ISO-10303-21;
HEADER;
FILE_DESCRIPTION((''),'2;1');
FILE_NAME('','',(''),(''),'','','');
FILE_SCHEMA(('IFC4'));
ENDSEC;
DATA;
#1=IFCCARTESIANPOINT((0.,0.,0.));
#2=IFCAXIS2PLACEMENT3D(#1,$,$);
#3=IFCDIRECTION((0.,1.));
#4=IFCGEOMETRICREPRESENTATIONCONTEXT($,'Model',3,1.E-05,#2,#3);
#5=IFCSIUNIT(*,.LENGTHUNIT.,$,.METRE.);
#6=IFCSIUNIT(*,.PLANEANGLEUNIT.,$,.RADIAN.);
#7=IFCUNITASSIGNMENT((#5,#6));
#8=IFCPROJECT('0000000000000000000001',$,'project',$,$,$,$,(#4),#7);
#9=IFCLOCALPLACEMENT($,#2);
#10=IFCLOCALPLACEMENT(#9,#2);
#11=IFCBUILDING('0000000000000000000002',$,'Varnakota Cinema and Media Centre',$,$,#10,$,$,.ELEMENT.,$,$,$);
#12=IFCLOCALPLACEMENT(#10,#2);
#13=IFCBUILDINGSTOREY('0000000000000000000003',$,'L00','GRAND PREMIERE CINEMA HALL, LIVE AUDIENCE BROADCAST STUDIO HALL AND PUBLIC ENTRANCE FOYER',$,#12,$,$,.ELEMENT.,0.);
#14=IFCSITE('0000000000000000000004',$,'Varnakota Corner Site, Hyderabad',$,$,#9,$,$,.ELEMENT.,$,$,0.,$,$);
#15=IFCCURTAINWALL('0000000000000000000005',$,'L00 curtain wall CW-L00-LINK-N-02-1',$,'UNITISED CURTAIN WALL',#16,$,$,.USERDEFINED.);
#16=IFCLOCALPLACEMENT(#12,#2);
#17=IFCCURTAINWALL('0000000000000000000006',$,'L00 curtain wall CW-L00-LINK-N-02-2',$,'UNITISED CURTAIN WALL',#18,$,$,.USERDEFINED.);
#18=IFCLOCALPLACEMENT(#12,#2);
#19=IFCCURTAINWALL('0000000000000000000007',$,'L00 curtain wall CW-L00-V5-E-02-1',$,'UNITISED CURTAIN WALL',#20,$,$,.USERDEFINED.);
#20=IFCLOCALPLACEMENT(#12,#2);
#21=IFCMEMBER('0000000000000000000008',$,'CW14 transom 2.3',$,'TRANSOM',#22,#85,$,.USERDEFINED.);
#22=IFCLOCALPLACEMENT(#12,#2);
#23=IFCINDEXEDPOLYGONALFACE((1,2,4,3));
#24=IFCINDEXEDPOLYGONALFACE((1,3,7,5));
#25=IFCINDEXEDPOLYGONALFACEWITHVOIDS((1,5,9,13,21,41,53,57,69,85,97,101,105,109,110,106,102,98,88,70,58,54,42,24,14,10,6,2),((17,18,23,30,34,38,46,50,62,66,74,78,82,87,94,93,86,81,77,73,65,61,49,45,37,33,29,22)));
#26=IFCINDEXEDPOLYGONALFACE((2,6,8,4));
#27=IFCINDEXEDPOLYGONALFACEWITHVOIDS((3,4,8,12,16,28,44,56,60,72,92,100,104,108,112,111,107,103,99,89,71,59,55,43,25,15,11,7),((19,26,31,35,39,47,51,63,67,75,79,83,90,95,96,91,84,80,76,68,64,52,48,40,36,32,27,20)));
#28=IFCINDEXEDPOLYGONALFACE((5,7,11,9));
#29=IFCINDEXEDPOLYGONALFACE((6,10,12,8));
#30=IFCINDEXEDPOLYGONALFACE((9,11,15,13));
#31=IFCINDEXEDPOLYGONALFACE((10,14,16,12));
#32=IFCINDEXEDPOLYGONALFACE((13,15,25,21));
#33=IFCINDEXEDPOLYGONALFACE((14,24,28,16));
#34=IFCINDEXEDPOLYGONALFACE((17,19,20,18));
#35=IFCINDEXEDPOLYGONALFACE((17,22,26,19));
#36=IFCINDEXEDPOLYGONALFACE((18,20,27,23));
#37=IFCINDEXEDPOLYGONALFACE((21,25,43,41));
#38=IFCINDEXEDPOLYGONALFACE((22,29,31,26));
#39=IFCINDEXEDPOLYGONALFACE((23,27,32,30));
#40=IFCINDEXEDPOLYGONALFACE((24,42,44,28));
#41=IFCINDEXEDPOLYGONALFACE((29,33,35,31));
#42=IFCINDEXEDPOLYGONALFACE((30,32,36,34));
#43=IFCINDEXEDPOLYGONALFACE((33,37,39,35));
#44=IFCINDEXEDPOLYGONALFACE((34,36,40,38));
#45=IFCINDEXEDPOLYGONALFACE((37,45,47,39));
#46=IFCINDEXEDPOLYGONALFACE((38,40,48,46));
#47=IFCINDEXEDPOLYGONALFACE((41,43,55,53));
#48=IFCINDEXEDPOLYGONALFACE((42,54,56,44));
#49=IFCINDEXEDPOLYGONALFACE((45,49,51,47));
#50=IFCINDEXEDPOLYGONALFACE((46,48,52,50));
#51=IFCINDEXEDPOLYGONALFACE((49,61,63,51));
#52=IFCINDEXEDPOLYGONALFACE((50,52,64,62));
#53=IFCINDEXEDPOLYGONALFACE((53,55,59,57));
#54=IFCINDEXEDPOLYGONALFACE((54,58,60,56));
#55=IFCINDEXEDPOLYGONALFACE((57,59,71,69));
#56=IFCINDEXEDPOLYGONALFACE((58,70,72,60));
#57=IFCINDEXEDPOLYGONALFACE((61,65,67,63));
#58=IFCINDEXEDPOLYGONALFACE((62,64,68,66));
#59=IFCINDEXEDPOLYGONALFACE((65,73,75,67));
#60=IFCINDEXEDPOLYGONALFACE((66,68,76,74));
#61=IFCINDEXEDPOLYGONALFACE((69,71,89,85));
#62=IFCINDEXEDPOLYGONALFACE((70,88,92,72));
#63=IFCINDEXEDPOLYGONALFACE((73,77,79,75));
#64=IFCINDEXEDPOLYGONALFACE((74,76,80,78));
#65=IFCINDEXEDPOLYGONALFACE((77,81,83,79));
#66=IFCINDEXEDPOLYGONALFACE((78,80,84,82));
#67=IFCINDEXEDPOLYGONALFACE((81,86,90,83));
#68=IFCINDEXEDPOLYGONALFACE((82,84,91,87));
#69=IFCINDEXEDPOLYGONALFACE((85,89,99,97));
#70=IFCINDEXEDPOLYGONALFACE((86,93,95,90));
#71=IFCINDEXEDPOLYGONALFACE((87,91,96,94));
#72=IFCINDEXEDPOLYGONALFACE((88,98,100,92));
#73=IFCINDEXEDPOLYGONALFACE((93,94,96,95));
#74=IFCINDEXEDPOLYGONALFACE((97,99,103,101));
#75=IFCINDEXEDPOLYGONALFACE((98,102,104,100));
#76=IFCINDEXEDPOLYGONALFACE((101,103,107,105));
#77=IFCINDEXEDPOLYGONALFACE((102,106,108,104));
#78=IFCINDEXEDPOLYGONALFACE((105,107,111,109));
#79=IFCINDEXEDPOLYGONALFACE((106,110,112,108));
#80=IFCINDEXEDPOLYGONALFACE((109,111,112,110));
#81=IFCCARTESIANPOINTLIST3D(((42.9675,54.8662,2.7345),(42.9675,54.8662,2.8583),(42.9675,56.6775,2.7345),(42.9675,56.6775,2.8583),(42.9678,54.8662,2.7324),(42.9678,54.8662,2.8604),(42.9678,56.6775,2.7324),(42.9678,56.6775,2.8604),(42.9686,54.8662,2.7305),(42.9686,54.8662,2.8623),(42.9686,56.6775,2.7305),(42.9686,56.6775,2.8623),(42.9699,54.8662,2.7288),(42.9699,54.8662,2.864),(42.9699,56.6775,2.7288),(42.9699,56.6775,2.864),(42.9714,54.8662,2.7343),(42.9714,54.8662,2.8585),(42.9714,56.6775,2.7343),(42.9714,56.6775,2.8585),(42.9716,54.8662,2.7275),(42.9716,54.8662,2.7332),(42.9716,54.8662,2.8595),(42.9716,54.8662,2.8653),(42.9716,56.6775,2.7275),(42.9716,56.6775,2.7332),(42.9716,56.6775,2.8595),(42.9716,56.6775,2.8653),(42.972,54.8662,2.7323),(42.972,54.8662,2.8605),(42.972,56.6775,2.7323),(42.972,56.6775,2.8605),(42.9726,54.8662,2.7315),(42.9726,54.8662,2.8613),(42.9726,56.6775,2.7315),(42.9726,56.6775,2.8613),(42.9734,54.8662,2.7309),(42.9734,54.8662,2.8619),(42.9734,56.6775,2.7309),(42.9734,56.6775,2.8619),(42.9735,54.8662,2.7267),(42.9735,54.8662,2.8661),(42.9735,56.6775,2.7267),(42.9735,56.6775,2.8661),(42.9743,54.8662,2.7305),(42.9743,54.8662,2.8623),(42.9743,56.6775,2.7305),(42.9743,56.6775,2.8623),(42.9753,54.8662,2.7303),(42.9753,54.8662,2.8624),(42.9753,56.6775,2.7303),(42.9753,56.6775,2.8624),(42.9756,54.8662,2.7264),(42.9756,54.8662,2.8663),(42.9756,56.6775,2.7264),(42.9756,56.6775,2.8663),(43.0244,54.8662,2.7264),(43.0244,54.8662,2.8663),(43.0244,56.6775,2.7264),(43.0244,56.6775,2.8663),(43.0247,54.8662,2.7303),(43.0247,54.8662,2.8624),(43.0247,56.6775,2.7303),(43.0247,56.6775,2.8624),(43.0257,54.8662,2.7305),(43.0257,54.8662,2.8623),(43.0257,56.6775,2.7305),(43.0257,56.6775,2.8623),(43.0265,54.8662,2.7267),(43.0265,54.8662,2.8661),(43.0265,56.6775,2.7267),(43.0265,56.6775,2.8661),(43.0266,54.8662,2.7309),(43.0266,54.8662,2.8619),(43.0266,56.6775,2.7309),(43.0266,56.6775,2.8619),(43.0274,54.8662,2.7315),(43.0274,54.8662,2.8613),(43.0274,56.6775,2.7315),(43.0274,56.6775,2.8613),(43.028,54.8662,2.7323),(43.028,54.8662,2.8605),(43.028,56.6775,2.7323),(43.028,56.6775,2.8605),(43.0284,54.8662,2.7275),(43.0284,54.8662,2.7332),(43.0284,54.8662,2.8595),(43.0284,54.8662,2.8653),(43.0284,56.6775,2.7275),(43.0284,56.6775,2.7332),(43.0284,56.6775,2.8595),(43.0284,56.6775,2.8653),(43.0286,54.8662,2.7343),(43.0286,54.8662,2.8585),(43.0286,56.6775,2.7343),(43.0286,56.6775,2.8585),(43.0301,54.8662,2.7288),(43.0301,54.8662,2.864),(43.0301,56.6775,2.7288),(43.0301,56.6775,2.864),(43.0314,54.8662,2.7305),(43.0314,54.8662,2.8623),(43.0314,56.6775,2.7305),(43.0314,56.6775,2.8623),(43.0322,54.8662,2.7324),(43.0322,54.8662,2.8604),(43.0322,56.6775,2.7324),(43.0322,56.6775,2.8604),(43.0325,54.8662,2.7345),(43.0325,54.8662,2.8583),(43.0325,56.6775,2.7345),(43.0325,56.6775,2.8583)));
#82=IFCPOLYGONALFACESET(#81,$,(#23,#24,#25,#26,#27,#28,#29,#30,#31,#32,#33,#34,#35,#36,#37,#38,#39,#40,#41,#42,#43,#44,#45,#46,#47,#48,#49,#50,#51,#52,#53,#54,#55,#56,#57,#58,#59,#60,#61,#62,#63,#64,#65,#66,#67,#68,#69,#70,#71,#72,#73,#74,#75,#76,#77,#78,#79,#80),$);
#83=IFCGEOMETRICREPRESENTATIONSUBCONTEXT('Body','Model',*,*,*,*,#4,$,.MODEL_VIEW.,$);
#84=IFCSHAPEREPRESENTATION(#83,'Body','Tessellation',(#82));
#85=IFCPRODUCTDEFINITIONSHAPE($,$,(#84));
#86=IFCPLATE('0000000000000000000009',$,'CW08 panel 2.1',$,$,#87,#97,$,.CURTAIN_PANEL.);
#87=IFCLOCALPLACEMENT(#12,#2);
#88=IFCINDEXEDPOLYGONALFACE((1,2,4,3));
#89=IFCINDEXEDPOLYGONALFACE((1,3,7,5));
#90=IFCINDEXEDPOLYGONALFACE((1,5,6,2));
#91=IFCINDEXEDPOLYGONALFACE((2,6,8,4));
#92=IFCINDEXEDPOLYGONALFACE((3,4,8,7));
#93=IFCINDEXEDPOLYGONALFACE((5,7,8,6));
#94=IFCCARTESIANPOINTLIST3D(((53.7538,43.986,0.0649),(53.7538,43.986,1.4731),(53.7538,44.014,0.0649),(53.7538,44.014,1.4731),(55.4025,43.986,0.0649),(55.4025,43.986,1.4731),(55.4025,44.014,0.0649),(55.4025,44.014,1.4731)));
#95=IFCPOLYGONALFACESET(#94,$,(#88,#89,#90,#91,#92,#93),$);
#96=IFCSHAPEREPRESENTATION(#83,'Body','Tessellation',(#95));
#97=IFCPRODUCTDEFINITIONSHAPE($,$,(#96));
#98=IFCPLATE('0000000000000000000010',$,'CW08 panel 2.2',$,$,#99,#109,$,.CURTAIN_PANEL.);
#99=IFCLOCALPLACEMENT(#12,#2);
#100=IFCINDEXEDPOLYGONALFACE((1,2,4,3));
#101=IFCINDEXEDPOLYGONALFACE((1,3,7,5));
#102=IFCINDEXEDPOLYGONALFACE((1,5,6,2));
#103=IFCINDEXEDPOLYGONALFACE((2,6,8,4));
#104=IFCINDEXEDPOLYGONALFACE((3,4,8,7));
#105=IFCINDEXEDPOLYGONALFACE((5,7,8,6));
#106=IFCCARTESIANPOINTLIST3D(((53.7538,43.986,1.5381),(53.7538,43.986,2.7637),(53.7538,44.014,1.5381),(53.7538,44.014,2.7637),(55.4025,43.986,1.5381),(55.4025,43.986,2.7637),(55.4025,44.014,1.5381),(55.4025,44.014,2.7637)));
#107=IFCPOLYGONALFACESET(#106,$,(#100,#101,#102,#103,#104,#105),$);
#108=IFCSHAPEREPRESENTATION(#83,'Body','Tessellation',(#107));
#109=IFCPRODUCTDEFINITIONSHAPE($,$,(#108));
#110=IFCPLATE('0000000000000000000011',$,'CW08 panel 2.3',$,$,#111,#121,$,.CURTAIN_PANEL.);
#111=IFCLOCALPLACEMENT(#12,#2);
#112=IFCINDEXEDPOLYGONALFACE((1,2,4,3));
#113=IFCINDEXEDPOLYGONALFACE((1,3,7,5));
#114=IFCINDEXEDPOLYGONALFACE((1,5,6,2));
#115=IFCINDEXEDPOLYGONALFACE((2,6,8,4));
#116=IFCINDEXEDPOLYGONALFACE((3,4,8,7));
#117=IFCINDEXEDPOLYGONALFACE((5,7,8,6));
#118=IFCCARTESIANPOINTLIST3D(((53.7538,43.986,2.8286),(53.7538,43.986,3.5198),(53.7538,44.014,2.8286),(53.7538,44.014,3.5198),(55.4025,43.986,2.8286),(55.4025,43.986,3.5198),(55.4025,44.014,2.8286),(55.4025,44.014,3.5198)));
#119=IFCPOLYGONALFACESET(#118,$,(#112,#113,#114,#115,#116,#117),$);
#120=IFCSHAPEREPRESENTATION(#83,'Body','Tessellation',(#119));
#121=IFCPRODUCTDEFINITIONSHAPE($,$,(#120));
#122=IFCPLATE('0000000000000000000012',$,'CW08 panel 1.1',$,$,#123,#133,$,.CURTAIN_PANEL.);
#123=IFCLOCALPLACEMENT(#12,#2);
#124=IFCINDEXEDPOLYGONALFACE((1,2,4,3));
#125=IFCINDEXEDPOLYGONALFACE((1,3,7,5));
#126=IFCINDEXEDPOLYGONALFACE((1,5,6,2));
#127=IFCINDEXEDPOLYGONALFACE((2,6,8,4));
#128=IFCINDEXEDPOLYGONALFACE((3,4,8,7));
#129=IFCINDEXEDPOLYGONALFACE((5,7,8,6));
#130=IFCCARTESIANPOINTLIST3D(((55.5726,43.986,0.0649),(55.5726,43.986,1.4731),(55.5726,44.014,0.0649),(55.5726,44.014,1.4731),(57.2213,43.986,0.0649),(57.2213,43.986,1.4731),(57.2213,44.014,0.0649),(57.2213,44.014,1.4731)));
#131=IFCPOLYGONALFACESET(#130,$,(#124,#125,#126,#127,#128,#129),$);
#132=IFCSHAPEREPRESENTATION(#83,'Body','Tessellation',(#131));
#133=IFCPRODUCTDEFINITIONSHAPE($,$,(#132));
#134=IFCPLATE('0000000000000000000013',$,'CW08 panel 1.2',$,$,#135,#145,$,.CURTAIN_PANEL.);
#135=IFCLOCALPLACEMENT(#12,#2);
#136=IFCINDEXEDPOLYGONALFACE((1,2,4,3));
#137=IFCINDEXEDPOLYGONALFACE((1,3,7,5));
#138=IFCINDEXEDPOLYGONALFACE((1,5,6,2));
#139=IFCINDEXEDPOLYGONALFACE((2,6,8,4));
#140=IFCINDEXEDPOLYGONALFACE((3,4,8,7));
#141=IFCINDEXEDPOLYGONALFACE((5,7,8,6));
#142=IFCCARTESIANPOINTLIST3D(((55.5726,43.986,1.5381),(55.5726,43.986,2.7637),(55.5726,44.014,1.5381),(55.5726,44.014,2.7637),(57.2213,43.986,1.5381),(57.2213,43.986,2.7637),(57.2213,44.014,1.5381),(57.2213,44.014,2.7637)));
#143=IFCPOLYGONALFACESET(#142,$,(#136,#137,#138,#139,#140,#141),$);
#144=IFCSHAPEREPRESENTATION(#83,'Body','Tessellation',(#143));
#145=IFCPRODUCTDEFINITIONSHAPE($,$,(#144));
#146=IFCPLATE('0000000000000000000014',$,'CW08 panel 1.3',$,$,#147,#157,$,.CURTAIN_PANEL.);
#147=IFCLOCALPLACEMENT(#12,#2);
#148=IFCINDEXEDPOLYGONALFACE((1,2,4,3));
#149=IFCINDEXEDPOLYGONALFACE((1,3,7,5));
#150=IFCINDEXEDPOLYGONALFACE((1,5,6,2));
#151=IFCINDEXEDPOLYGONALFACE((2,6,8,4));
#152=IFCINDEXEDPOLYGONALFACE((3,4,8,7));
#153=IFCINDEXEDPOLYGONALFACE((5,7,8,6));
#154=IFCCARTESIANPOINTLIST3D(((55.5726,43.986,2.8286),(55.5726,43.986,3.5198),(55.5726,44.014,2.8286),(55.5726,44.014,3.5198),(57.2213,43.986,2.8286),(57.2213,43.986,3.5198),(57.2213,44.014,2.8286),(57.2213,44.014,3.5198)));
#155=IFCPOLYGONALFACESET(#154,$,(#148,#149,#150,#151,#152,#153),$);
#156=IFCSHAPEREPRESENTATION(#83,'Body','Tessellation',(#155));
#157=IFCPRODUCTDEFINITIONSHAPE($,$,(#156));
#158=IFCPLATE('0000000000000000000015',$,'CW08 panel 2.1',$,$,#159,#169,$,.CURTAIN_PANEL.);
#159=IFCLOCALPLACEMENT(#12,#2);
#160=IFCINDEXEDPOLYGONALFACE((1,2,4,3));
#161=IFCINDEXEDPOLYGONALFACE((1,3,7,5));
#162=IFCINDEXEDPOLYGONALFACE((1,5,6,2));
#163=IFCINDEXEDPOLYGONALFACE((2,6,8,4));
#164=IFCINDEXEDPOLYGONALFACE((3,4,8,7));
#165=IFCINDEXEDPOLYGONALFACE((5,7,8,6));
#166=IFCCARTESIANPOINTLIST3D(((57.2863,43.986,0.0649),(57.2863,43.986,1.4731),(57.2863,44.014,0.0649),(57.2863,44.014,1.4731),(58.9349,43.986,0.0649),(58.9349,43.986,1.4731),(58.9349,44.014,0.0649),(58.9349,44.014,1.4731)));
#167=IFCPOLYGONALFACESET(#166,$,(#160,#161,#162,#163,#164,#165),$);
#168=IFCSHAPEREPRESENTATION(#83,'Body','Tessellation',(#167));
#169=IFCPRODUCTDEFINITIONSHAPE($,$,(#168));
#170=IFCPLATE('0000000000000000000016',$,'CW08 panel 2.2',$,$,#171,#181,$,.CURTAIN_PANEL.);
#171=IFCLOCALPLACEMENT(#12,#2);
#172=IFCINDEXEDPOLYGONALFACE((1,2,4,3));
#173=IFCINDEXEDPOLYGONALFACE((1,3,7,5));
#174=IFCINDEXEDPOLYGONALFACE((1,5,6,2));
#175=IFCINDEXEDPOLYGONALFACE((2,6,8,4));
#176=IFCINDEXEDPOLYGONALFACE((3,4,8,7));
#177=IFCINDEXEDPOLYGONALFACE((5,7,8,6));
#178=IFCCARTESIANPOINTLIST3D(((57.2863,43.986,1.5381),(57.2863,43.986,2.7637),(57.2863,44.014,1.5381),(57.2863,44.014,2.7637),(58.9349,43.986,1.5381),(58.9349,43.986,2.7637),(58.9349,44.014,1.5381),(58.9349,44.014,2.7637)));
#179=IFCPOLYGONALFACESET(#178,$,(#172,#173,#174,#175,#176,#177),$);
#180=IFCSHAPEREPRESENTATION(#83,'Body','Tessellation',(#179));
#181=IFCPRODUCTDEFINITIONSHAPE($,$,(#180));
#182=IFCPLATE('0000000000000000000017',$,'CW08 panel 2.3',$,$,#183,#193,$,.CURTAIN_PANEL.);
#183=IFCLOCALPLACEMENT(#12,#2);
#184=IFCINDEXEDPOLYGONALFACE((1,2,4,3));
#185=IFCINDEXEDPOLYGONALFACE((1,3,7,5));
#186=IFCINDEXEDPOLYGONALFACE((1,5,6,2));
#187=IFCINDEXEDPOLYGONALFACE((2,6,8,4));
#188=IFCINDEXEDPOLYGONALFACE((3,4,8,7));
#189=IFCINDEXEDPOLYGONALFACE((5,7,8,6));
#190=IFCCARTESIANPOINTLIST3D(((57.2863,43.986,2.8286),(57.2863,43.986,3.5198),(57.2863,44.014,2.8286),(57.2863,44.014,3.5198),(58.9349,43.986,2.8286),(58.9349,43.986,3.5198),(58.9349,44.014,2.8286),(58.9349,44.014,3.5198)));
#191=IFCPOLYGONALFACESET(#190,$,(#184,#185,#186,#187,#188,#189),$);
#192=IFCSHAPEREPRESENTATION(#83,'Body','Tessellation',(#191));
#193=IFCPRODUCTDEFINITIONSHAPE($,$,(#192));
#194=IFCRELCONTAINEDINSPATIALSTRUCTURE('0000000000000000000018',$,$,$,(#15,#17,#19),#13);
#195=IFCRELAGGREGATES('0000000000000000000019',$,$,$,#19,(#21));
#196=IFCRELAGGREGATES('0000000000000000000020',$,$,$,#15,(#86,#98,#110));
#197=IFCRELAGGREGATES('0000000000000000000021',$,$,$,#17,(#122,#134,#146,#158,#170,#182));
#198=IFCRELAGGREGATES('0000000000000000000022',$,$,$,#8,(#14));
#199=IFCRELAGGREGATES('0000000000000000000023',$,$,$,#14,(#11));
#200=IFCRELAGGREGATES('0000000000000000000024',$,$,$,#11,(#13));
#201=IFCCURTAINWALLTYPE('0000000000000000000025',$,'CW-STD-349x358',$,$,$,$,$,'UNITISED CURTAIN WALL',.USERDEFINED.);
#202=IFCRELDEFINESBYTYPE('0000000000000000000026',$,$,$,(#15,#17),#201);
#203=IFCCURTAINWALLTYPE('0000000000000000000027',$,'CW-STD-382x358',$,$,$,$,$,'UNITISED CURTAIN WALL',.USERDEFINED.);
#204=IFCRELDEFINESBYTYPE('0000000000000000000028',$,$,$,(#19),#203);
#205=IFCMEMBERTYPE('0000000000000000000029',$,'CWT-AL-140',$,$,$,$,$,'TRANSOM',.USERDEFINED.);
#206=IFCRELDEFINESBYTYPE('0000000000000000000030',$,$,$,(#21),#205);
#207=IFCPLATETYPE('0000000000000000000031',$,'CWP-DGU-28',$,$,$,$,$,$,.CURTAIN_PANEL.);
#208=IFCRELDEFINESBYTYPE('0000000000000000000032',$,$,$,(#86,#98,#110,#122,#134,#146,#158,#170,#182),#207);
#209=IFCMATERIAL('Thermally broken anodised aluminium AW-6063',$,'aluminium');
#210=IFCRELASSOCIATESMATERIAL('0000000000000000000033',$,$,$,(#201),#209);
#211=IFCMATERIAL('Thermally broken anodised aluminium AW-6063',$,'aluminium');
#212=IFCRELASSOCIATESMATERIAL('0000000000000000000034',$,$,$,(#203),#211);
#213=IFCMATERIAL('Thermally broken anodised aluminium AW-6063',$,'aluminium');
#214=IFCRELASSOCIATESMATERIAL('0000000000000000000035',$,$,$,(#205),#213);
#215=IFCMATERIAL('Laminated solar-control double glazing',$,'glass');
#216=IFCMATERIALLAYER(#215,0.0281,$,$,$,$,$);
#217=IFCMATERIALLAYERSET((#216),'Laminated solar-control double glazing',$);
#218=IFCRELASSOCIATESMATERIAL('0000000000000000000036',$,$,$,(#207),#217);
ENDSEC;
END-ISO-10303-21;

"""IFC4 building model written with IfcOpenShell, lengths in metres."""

from ifc_helpers import new_model, si_unit, direction, frame, origin, origin_2d, place, context, subcontext, project, spatial, rectangle, hollow_rectangle, extrude, material, layer, layer_set, material_profile, profile_set, type_object, element, aggregate, save


model = new_model("IFC4")

# Units and contexts
model_context = context("Model", 3, precision=1e-05, world=origin(), true_north=direction((0.0, 1.0)))
body_context = subcontext(model_context, "Body", "Model", "MODEL_VIEW")
ifc_project = project(units=[si_unit("LENGTHUNIT", "METRE"), si_unit("PLANEANGLEUNIT", "RADIAN")], contexts=[model_context])

# Site, building, storey
site_placement = place(None, origin())
site = spatial("IfcSite", under=ifc_project, at=site_placement, Name="Varnakota Corner Site, Hyderabad", CompositionType="ELEMENT", RefElevation=0.0)
building_placement = place(site_placement, origin())
building = spatial("IfcBuilding", under=site, at=building_placement, Name="Varnakota Cinema and Media Centre", CompositionType="ELEMENT")
storey_placement = place(building_placement, origin())
storey = spatial("IfcBuildingStorey", under=building, at=storey_placement, Name="L00", Description="GRAND PREMIERE CINEMA HALL, LIVE AUDIENCE BROADCAST STUDIO HALL AND PUBLIC ENTRANCE FOYER", CompositionType="ELEMENT", Elevation=0.0)

# Curtain wall
ifc_material_1 = material(Name="Thermally broken anodised aluminium AW-6063", Category="aluminium")
curtain_wall_type_1 = type_object("IfcCurtainWallType", Name="CW-STD-349x358", ElementType="UNITISED CURTAIN WALL", PredefinedType="USERDEFINED", material=ifc_material_1)
curtain_wall_1_placement = place(storey_placement, origin())
curtain_wall_1 = element("IfcCurtainWall", 1, at=curtain_wall_1_placement, inside=storey, type_object=curtain_wall_type_1, Name="L00 curtain wall CW-L00-LINK-N-02-1", ObjectType="UNITISED CURTAIN WALL", PredefinedType="USERDEFINED")

# Curtain wall
curtain_wall_2_placement = place(storey_placement, origin())
curtain_wall_2 = element("IfcCurtainWall", 2, at=curtain_wall_2_placement, inside=storey, type_object=curtain_wall_type_1, Name="L00 curtain wall CW-L00-LINK-N-02-2", ObjectType="UNITISED CURTAIN WALL", PredefinedType="USERDEFINED")

# Curtain wall
ifc_material_2 = material(Name="Thermally broken anodised aluminium AW-6063", Category="aluminium")
curtain_wall_type_2 = type_object("IfcCurtainWallType", Name="CW-STD-382x358", ElementType="UNITISED CURTAIN WALL", PredefinedType="USERDEFINED", material=ifc_material_2)
curtain_wall_3_placement = place(storey_placement, origin())
curtain_wall_3 = element("IfcCurtainWall", 3, at=curtain_wall_3_placement, inside=storey, type_object=curtain_wall_type_2, Name="L00 curtain wall CW-L00-V5-E-02-1", ObjectType="UNITISED CURTAIN WALL", PredefinedType="USERDEFINED")

# Member
ifc_material_3 = material(Name="Thermally broken anodised aluminium AW-6063", Category="aluminium")
ifc_material_profile_1 = material_profile(ifc_material_3, hollow_rectangle(XDim=0.0649, YDim=0.1399, WallThickness=0.0039, InnerFilletRadius=0.0039, OuterFilletRadius=0.0081, at=origin_2d()), Name="AL-TRANSOM 140x65x4")
ifc_profile_set_1 = profile_set([ifc_material_profile_1], Name="Thermally broken anodised aluminium AW-6063")
member_type_1 = type_object("IfcMemberType", Name="CWT-AL-140", ElementType="TRANSOM", PredefinedType="USERDEFINED", material=ifc_profile_set_1)
member_1_placement = place(storey_placement, frame((43.0, 54.8662, 2.7964), z_axis=(0.0, 1.0, 0.0), x_axis=(-1.0, 0.0, 0.0)))
member_1 = element("IfcMember", 4, at=member_1_placement, type_object=member_type_1, Name="CW14 transom 2.3", ObjectType="TRANSOM", PredefinedType="USERDEFINED", context=body_context, shape_type="SweptSolid", body=[
    extrude(hollow_rectangle(XDim=0.0649, YDim=0.1399, WallThickness=0.0039, InnerFilletRadius=0.0039, OuterFilletRadius=0.0081, at=origin_2d()), origin(), (0.0, 0.0, 1.0), 1.8113),
])
aggregate(curtain_wall_3, [member_1])

# Plates
ifc_material_4 = material(Name="Laminated solar-control double glazing", Category="glass")
ifc_layer = layer(ifc_material_4, 0.0281)
ifc_layer_set = layer_set([ifc_layer], Name="Laminated solar-control double glazing")
plate_type = type_object("IfcPlateType", Name="CWP-DGU-28", PredefinedType="CURTAIN_PANEL", material=ifc_layer_set)
plate_1_placement = place(storey_placement, frame((54.5781, 44.0, 0.0649), z_axis=(0.0, 0.0, 1.0), x_axis=(1.0, 0.0, 0.0)))
plate_1 = element("IfcPlate", 5, at=plate_1_placement, type_object=plate_type, Name="CW08 panel 2.1", PredefinedType="CURTAIN_PANEL", context=body_context, shape_type="SweptSolid", body=[
    extrude(rectangle(XDim=1.6487, YDim=0.0281, at=origin_2d()), origin(), (0.0, 0.0, 1.0), 1.4082),
])
plate_2_placement = place(storey_placement, frame((54.5781, 44.0, 1.5381), z_axis=(0.0, 0.0, 1.0), x_axis=(1.0, 0.0, 0.0)))
plate_2 = element("IfcPlate", 6, at=plate_2_placement, type_object=plate_type, Name="CW08 panel 2.2", PredefinedType="CURTAIN_PANEL", context=body_context, shape_type="SweptSolid", body=[
    extrude(rectangle(XDim=1.6487, YDim=0.0281, at=origin_2d()), origin(), (0.0, 0.0, 1.0), 1.2256),
])
plate_3_placement = place(storey_placement, frame((54.5781, 44.0, 2.8286), z_axis=(0.0, 0.0, 1.0), x_axis=(1.0, 0.0, 0.0)))
plate_3 = element("IfcPlate", 7, at=plate_3_placement, type_object=plate_type, Name="CW08 panel 2.3", PredefinedType="CURTAIN_PANEL", context=body_context, shape_type="SweptSolid", body=[
    extrude(rectangle(XDim=1.6487, YDim=0.0281, at=origin_2d()), origin(), (0.0, 0.0, 1.0), 0.6912),
])
aggregate(curtain_wall_1, [plate_1, plate_2, plate_3])
plate_4_placement = place(storey_placement, frame((56.397, 44.0, 0.0649), z_axis=(0.0, 0.0, 1.0), x_axis=(1.0, 0.0, 0.0)))
plate_4 = element("IfcPlate", 8, at=plate_4_placement, type_object=plate_type, Name="CW08 panel 1.1", PredefinedType="CURTAIN_PANEL", context=body_context, shape_type="SweptSolid", body=[
    extrude(rectangle(XDim=1.6487, YDim=0.0281, at=origin_2d()), origin(), (0.0, 0.0, 1.0), 1.4082),
])
plate_5_placement = place(storey_placement, frame((56.397, 44.0, 1.5381), z_axis=(0.0, 0.0, 1.0), x_axis=(1.0, 0.0, 0.0)))
plate_5 = element("IfcPlate", 9, at=plate_5_placement, type_object=plate_type, Name="CW08 panel 1.2", PredefinedType="CURTAIN_PANEL", context=body_context, shape_type="SweptSolid", body=[
    extrude(rectangle(XDim=1.6487, YDim=0.0281, at=origin_2d()), origin(), (0.0, 0.0, 1.0), 1.2256),
])
plate_6_placement = place(storey_placement, frame((56.397, 44.0, 2.8286), z_axis=(0.0, 0.0, 1.0), x_axis=(1.0, 0.0, 0.0)))
plate_6 = element("IfcPlate", 10, at=plate_6_placement, type_object=plate_type, Name="CW08 panel 1.3", PredefinedType="CURTAIN_PANEL", context=body_context, shape_type="SweptSolid", body=[
    extrude(rectangle(XDim=1.6487, YDim=0.0281, at=origin_2d()), origin(), (0.0, 0.0, 1.0), 0.6912),
])
plate_7_placement = place(storey_placement, frame((58.1106, 44.0, 0.0649), z_axis=(0.0, 0.0, 1.0), x_axis=(1.0, 0.0, 0.0)))
plate_7 = element("IfcPlate", 11, at=plate_7_placement, type_object=plate_type, Name="CW08 panel 2.1", PredefinedType="CURTAIN_PANEL", context=body_context, shape_type="SweptSolid", body=[
    extrude(rectangle(XDim=1.6487, YDim=0.0281, at=origin_2d()), origin(), (0.0, 0.0, 1.0), 1.4082),
])
plate_8_placement = place(storey_placement, frame((58.1106, 44.0, 1.5381), z_axis=(0.0, 0.0, 1.0), x_axis=(1.0, 0.0, 0.0)))
plate_8 = element("IfcPlate", 12, at=plate_8_placement, type_object=plate_type, Name="CW08 panel 2.2", PredefinedType="CURTAIN_PANEL", context=body_context, shape_type="SweptSolid", body=[
    extrude(rectangle(XDim=1.6487, YDim=0.0281, at=origin_2d()), origin(), (0.0, 0.0, 1.0), 1.2256),
])
plate_9_placement = place(storey_placement, frame((58.1106, 44.0, 2.8286), z_axis=(0.0, 0.0, 1.0), x_axis=(1.0, 0.0, 0.0)))
plate_9 = element("IfcPlate", 13, at=plate_9_placement, type_object=plate_type, Name="CW08 panel 2.3", PredefinedType="CURTAIN_PANEL", context=body_context, shape_type="SweptSolid", body=[
    extrude(rectangle(XDim=1.6487, YDim=0.0281, at=origin_2d()), origin(), (0.0, 0.0, 1.0), 0.6912),
])
aggregate(curtain_wall_2, [plate_4, plate_5, plate_6, plate_7, plate_8, plate_9])

save(model, "model.ifc")
